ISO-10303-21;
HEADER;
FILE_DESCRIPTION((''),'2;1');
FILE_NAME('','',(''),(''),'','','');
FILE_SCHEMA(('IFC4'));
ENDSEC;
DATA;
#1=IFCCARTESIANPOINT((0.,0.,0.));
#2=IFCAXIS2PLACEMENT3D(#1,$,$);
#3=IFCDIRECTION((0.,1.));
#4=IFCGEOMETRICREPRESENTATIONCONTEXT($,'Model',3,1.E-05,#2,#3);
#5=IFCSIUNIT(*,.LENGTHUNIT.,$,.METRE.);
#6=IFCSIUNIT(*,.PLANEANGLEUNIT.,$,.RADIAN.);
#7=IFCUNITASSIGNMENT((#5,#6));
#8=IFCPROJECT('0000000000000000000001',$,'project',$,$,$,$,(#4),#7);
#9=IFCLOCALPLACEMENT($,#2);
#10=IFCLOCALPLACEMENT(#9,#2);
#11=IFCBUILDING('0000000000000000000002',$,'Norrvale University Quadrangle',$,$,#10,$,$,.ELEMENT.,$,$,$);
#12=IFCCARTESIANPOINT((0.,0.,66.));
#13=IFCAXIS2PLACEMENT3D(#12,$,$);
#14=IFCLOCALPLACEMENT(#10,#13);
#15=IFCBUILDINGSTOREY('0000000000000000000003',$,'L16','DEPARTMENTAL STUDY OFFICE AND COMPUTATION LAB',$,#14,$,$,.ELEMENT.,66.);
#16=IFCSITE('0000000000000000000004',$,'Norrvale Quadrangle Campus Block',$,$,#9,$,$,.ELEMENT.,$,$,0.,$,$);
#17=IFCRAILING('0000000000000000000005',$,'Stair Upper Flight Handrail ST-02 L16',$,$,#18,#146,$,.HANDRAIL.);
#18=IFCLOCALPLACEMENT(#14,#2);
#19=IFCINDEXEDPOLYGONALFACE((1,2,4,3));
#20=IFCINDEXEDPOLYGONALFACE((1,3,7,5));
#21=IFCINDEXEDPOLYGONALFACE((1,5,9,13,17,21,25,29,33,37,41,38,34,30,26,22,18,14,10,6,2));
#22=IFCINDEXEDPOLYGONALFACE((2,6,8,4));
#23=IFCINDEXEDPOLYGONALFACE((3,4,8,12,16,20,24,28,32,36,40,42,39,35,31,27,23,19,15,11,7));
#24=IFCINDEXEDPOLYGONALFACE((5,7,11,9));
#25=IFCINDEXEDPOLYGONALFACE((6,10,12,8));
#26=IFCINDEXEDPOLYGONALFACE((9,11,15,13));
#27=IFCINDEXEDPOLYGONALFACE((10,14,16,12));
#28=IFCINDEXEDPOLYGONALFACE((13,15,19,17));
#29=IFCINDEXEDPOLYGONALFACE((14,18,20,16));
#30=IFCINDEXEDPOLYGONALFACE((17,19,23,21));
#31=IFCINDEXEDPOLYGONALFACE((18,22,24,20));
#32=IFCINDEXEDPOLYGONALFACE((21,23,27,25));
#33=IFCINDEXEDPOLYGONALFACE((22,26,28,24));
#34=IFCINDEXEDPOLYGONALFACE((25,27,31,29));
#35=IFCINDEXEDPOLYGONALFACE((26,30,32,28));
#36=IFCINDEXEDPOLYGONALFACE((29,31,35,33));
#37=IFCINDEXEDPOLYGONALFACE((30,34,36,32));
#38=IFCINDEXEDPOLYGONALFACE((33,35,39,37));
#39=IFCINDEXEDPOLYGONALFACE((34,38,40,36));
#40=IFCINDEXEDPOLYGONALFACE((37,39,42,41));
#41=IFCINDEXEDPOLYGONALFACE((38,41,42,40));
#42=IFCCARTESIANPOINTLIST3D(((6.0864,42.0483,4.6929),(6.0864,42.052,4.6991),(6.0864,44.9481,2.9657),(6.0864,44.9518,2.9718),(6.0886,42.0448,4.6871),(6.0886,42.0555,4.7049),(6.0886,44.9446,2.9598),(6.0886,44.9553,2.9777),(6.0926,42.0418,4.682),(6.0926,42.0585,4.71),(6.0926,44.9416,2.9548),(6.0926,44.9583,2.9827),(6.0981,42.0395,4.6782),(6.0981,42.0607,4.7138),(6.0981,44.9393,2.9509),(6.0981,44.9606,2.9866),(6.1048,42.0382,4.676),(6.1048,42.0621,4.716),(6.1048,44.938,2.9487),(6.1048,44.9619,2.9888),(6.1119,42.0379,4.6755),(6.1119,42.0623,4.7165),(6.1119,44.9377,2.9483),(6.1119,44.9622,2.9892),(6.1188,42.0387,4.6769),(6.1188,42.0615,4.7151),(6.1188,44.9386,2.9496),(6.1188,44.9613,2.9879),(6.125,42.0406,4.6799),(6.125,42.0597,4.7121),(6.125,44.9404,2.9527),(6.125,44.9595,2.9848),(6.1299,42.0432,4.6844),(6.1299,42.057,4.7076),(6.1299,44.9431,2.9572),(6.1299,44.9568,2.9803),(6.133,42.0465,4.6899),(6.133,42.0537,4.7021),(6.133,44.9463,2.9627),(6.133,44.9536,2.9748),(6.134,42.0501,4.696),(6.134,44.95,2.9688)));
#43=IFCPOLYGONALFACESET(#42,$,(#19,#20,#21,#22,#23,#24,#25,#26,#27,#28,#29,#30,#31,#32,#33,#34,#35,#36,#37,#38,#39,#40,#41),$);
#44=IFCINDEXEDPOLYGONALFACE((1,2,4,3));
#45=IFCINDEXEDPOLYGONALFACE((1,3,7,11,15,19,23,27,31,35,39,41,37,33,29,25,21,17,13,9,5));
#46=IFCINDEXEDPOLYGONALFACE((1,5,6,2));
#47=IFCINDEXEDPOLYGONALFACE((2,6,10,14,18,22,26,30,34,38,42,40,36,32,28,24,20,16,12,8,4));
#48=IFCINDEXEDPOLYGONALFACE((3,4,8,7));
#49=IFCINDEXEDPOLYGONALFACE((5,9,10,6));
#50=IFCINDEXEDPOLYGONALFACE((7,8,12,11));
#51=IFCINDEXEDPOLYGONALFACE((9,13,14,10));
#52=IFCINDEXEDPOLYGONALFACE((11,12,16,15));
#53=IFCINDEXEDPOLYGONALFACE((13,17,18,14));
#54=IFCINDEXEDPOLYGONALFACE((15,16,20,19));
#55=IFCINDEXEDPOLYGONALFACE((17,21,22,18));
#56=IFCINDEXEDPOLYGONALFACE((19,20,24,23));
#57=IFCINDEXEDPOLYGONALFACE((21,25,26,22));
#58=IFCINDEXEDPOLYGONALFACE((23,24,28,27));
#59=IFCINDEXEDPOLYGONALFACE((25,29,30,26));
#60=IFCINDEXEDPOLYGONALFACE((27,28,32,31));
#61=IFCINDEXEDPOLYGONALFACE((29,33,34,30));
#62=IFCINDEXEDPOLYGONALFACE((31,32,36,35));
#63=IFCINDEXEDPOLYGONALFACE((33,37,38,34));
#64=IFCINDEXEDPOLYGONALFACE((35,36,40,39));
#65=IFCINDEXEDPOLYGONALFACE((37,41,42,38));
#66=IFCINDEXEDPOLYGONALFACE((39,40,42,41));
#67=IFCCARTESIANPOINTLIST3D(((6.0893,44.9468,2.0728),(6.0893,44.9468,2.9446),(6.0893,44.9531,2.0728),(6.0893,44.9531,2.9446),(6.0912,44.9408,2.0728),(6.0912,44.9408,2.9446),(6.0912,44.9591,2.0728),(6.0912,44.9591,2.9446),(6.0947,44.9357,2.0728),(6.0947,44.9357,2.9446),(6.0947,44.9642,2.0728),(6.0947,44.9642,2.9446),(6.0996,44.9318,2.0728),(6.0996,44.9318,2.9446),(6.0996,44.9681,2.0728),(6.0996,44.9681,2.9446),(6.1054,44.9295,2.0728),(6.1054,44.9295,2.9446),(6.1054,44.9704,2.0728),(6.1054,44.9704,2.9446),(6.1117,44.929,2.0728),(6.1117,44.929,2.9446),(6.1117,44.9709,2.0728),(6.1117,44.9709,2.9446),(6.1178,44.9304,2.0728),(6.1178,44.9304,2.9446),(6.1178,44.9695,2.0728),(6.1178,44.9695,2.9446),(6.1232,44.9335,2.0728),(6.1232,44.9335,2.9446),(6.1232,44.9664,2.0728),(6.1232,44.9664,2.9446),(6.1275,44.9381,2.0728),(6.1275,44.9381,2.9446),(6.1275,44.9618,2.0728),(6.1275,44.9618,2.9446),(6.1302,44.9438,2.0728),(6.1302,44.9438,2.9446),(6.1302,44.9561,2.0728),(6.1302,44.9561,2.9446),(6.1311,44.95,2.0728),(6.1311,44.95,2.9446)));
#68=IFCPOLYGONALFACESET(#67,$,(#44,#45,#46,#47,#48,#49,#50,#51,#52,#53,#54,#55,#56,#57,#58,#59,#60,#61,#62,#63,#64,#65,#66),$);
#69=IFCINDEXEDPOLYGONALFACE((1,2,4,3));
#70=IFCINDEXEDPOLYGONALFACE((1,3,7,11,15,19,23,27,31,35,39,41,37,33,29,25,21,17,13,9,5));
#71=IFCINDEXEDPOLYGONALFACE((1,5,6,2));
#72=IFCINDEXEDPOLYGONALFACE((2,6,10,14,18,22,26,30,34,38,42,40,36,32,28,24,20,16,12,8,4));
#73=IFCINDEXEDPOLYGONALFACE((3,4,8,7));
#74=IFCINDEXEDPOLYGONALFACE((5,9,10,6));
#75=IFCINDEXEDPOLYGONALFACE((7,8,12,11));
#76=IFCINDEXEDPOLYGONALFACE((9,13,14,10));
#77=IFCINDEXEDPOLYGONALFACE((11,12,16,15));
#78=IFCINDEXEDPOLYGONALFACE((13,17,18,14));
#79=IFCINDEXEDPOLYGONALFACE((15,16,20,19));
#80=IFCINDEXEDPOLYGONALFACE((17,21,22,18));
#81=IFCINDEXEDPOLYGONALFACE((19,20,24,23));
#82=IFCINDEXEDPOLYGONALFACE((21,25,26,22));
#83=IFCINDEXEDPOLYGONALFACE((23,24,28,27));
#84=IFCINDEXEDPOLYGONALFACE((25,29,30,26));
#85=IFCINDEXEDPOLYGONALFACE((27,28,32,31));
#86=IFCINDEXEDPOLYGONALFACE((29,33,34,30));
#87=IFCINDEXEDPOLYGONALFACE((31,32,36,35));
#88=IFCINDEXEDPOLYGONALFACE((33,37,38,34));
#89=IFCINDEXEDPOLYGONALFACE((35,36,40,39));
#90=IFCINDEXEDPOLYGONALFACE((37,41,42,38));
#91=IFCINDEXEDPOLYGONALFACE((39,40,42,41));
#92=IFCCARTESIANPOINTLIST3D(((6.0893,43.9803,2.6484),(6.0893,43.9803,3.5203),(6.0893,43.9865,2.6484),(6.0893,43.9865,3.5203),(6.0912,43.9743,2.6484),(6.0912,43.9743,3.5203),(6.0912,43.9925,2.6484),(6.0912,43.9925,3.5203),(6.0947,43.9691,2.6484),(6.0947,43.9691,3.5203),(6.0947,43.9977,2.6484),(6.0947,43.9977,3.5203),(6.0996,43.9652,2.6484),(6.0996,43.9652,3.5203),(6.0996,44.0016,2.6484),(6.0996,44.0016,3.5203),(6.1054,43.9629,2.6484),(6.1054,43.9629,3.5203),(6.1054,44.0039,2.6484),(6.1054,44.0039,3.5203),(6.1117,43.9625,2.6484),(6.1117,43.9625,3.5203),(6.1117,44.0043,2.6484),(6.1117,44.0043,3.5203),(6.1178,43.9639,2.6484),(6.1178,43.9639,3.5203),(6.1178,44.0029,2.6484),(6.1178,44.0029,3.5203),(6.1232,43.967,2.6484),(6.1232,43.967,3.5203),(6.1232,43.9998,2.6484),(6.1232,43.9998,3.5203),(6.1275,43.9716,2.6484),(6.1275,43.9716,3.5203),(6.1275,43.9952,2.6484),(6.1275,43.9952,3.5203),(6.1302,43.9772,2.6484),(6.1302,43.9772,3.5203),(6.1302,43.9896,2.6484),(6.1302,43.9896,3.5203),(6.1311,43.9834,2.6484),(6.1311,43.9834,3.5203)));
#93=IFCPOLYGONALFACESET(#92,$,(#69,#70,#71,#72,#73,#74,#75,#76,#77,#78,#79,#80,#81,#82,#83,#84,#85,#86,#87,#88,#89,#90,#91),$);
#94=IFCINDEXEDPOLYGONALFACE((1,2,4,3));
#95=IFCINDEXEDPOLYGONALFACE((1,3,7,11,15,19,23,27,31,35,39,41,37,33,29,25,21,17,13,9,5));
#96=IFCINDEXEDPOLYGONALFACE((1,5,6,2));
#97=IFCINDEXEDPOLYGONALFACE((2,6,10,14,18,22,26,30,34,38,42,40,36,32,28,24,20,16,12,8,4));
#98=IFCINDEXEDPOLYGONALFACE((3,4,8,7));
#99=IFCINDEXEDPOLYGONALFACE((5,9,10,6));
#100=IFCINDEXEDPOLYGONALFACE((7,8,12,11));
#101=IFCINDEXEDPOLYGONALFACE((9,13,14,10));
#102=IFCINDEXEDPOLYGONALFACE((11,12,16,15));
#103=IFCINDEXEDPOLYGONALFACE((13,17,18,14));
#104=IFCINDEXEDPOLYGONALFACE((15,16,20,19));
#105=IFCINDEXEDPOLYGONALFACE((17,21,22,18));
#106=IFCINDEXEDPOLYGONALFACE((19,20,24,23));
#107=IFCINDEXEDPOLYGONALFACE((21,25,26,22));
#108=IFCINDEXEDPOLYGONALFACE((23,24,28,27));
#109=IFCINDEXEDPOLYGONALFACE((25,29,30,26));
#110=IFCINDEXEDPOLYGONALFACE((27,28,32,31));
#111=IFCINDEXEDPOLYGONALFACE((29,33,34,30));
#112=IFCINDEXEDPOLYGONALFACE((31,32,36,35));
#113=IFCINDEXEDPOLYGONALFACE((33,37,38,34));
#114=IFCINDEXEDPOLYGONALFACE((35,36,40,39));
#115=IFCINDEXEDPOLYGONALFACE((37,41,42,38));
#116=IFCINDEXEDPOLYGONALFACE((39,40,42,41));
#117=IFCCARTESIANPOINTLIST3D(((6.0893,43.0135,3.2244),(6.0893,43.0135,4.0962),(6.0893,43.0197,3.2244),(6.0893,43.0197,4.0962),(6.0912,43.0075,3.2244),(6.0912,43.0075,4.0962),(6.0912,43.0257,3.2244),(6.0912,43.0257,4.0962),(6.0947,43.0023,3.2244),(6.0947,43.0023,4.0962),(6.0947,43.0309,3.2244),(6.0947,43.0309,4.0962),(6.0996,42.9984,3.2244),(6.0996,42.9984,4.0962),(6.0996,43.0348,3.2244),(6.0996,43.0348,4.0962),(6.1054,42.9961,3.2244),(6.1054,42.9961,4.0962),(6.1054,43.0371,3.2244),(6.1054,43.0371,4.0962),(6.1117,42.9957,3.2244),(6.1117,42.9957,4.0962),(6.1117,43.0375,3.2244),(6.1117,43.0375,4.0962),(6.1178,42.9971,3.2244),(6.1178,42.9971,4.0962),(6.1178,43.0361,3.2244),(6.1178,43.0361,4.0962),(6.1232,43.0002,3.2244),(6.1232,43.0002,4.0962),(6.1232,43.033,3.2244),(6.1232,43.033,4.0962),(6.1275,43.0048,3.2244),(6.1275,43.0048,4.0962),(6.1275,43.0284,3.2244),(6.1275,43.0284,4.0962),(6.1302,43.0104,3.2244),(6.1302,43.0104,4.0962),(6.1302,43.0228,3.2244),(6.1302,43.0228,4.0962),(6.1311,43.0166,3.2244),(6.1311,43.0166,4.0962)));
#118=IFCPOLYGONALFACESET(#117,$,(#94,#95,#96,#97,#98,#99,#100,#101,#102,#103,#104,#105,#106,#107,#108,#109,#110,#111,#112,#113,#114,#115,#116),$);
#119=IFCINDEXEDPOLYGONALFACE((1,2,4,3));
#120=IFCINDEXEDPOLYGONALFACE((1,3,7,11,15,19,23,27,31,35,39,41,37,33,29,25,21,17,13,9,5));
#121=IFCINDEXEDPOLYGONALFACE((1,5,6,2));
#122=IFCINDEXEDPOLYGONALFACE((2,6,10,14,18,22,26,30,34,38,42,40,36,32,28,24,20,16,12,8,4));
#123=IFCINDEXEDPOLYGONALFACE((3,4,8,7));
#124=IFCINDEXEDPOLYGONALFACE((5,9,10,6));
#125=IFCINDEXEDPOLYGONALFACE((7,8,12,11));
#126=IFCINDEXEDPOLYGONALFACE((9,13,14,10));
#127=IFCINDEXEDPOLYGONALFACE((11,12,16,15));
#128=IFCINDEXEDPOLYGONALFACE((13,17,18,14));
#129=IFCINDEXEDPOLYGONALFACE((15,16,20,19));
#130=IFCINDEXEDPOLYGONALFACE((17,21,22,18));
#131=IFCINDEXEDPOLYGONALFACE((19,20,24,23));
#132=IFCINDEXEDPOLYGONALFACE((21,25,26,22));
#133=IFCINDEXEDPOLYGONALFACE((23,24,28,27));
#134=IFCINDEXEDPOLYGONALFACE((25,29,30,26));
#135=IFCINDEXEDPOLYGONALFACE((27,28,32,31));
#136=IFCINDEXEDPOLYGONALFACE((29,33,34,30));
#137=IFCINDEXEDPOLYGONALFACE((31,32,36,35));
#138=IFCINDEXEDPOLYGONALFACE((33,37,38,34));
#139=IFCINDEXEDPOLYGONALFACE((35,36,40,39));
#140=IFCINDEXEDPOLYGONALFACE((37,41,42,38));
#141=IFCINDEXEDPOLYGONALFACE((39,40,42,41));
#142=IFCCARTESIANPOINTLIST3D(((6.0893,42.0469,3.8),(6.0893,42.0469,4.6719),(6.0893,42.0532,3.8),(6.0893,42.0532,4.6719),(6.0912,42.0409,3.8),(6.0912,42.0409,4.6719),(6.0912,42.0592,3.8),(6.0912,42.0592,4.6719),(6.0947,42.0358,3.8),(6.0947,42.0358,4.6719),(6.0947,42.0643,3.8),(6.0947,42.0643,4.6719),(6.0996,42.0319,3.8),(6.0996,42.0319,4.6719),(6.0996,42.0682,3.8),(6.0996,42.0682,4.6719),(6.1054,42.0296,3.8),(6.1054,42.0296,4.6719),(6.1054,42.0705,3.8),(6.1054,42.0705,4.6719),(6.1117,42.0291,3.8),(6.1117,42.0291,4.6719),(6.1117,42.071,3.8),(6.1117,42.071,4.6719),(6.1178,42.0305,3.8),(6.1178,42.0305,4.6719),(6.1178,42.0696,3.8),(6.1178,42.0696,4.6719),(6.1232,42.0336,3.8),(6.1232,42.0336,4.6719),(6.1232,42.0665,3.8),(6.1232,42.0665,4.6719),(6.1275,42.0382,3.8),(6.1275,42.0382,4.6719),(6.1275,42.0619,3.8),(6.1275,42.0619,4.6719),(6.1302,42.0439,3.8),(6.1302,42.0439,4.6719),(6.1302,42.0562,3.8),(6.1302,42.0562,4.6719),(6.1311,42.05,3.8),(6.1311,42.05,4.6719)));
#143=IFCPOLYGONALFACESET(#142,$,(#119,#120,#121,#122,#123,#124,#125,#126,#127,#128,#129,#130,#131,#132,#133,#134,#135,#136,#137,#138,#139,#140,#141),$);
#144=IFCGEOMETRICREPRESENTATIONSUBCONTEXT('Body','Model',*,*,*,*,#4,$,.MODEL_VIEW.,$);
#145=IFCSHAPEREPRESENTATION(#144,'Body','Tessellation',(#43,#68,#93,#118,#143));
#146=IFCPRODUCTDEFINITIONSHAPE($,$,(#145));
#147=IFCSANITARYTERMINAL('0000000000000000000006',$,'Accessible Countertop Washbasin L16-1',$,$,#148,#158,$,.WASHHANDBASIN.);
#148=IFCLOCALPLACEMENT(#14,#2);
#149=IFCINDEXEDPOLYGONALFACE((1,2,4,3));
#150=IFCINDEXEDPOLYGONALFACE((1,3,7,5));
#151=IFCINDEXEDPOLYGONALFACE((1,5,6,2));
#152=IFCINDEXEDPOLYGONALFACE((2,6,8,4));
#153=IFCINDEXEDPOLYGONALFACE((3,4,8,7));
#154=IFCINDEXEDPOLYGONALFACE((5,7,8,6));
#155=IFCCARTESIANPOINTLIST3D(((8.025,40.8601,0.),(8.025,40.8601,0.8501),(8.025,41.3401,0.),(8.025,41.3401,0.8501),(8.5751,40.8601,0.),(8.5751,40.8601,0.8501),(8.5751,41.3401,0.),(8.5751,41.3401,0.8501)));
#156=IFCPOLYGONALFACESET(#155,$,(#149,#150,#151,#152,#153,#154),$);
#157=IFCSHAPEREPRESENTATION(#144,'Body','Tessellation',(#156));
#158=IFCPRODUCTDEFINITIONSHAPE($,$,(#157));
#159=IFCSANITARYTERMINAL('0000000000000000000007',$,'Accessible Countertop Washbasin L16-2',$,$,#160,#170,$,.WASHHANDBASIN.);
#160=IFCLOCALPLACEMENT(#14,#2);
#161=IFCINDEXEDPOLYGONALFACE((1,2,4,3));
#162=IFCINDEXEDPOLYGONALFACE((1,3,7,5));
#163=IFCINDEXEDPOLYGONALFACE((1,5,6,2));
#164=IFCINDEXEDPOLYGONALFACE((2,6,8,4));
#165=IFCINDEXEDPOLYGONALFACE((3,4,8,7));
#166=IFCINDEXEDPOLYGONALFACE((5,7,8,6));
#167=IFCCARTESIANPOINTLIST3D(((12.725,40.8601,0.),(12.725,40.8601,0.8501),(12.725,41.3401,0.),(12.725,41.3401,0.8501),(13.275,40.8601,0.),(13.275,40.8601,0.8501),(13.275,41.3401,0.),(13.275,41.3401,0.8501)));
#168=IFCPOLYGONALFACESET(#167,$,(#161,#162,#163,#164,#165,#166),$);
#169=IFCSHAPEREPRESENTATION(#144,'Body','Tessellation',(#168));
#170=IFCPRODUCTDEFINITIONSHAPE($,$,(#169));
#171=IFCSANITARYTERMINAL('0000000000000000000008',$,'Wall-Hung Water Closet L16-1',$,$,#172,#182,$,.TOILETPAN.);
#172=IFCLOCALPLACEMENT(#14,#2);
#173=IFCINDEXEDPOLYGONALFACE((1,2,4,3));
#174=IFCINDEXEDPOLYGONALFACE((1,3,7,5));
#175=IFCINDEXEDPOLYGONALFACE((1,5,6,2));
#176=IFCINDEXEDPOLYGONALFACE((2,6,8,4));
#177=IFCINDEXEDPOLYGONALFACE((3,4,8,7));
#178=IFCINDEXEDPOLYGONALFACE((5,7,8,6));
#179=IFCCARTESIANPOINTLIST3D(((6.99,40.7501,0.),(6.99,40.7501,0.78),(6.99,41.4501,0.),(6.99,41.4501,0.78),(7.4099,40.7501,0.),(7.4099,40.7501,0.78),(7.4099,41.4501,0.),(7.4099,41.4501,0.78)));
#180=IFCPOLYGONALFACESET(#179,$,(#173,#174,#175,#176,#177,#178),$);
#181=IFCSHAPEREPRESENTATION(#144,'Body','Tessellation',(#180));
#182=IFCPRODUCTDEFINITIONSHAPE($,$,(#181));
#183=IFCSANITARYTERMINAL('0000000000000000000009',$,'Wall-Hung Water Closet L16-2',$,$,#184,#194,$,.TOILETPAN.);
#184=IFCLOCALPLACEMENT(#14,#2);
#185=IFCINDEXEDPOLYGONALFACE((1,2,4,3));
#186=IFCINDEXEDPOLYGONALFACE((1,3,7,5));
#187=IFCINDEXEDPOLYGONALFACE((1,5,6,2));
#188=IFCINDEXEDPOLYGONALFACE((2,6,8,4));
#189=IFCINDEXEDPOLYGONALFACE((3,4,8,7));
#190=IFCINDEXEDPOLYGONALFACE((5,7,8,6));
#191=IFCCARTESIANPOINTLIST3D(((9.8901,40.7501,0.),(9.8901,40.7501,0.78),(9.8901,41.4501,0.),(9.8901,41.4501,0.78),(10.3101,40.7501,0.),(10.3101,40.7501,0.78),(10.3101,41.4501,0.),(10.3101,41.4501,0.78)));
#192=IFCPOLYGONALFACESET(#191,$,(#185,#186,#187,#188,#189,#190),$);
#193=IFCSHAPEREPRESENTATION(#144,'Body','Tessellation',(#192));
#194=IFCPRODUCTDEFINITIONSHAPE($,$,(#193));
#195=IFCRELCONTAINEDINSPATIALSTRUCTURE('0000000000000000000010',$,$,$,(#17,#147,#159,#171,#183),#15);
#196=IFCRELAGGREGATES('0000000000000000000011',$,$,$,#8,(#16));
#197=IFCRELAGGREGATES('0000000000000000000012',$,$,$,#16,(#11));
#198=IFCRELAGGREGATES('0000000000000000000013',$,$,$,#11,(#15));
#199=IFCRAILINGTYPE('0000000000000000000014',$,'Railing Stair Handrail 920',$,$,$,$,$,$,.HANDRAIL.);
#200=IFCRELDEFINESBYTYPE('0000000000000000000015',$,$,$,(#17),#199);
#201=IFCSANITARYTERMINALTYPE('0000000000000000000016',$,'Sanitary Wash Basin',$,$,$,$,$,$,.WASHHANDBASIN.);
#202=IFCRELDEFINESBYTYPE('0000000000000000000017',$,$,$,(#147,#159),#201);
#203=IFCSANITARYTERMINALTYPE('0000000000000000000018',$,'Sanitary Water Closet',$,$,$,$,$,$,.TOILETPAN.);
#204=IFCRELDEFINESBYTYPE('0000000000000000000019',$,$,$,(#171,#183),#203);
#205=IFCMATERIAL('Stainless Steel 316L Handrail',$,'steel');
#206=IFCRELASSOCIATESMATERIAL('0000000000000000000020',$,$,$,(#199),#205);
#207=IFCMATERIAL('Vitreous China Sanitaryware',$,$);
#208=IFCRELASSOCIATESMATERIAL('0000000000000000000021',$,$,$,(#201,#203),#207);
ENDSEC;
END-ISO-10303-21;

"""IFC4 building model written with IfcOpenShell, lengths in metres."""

from ifc_helpers import new_model, si_unit, direction, frame, origin, origin_2d, place, context, subcontext, project, spatial, rectangle, circle, extrude, material, type_object, element, save


model = new_model("IFC4")

# Units and contexts
model_context = context("Model", 3, precision=1e-05, world=origin(), true_north=direction((0.0, 1.0)))
body_context = subcontext(model_context, "Body", "Model", "MODEL_VIEW")
ifc_project = project(units=[si_unit("LENGTHUNIT", "METRE"), si_unit("PLANEANGLEUNIT", "RADIAN")], contexts=[model_context])

# Site, building, storey
site_placement = place(None, origin())
site = spatial("IfcSite", under=ifc_project, at=site_placement, Name="Norrvale Quadrangle Campus Block", CompositionType="ELEMENT", RefElevation=0.0)
building_placement = place(site_placement, origin())
building = spatial("IfcBuilding", under=site, at=building_placement, Name="Norrvale University Quadrangle", CompositionType="ELEMENT")
storey_placement = place(building_placement, frame((0.0, 0.0, 66.0)))
storey = spatial("IfcBuildingStorey", under=building, at=storey_placement, Name="L16", Description="DEPARTMENTAL STUDY OFFICE AND COMPUTATION LAB", CompositionType="ELEMENT", Elevation=66.0)

# Railing
ifc_material_1 = material(Name="Stainless Steel 316L Handrail", Category="steel")
railing_type_1 = type_object("IfcRailingType", Name="Railing Stair Handrail 920", PredefinedType="HANDRAIL", material=ifc_material_1)
railing_1_placement = place(storey_placement, frame((6.1101, 44.95, 2.0728)))
element("IfcRailing", 1, at=railing_1_placement, inside=storey, type_object=railing_type_1, Name="Stair Upper Flight Handrail ST-02 L16", PredefinedType="HANDRAIL", context=body_context, shape_type="SweptSolid", body=[
    extrude(circle(Radius=0.0239, at=origin_2d()), frame((0.0, 0.0, 0.896), z_axis=(0.0, -0.859141, 0.511738), x_axis=(1.0, 0.0, 0.0)), (0.0, 0.0, 1.0), 3.3752),
    extrude(circle(Radius=0.021, at=origin_2d()), origin(), (0.0, 0.0, 1.0), 0.8718),
    extrude(circle(Radius=0.021, at=origin_2d()), frame((0.0, -0.9666, 0.5757)), (0.0, 0.0, 1.0), 0.8718),
    extrude(circle(Radius=0.021, at=origin_2d()), frame((0.0, -1.9333, 1.1516)), (0.0, 0.0, 1.0), 0.8718),
    extrude(circle(Radius=0.021, at=origin_2d()), frame((0.0, -2.8999, 1.7273)), (0.0, 0.0, 1.0), 0.8718),
])

# Sanitary terminals
ifc_material_2 = material(Name="Vitreous China Sanitaryware")
sanitary_terminal_type_1 = type_object("IfcSanitaryTerminalType", Name="Sanitary Wash Basin", PredefinedType="WASHHANDBASIN", material=ifc_material_2)
for number, where, z_axis, x_axis, name in (
    (2, (8.3, 41.1001, 0.0), (0.0, 0.0, 1.0), (1.0, 0.0, 0.0), "Accessible Countertop Washbasin L16-1"),
    (3, (13.0, 41.1001, 0.0), (0.0, 0.0, 1.0), (1.0, 0.0, 0.0), "Accessible Countertop Washbasin L16-2"),
):
    element("IfcSanitaryTerminal", number, at=place(storey_placement, frame(where, z_axis=z_axis, x_axis=x_axis)), inside=storey, type_object=sanitary_terminal_type_1, Name=name, PredefinedType="WASHHANDBASIN", context=body_context, shape_type="SweptSolid", body=[
        extrude(rectangle(XDim=0.55, YDim=0.48, at=origin_2d()), origin(), (0.0, 0.0, 1.0), 0.8501),
    ])
sanitary_terminal_type_2 = type_object("IfcSanitaryTerminalType", Name="Sanitary Water Closet", PredefinedType="TOILETPAN", material=ifc_material_2)
for number, where, z_axis, x_axis, name in (
    (4, (7.2, 41.1001, 0.0), (0.0, 0.0, 1.0), (1.0, 0.0, 0.0), "Wall-Hung Water Closet L16-1"),
    (5, (10.1001, 41.1001, 0.0), (0.0, 0.0, 1.0), (1.0, 0.0, 0.0), "Wall-Hung Water Closet L16-2"),
):
    element("IfcSanitaryTerminal", number, at=place(storey_placement, frame(where, z_axis=z_axis, x_axis=x_axis)), inside=storey, type_object=sanitary_terminal_type_2, Name=name, PredefinedType="TOILETPAN", context=body_context, shape_type="SweptSolid", body=[
        extrude(rectangle(XDim=0.4199, YDim=0.7, at=origin_2d()), origin(), (0.0, 0.0, 1.0), 0.78),
    ])

save(model, "model.ifc")
